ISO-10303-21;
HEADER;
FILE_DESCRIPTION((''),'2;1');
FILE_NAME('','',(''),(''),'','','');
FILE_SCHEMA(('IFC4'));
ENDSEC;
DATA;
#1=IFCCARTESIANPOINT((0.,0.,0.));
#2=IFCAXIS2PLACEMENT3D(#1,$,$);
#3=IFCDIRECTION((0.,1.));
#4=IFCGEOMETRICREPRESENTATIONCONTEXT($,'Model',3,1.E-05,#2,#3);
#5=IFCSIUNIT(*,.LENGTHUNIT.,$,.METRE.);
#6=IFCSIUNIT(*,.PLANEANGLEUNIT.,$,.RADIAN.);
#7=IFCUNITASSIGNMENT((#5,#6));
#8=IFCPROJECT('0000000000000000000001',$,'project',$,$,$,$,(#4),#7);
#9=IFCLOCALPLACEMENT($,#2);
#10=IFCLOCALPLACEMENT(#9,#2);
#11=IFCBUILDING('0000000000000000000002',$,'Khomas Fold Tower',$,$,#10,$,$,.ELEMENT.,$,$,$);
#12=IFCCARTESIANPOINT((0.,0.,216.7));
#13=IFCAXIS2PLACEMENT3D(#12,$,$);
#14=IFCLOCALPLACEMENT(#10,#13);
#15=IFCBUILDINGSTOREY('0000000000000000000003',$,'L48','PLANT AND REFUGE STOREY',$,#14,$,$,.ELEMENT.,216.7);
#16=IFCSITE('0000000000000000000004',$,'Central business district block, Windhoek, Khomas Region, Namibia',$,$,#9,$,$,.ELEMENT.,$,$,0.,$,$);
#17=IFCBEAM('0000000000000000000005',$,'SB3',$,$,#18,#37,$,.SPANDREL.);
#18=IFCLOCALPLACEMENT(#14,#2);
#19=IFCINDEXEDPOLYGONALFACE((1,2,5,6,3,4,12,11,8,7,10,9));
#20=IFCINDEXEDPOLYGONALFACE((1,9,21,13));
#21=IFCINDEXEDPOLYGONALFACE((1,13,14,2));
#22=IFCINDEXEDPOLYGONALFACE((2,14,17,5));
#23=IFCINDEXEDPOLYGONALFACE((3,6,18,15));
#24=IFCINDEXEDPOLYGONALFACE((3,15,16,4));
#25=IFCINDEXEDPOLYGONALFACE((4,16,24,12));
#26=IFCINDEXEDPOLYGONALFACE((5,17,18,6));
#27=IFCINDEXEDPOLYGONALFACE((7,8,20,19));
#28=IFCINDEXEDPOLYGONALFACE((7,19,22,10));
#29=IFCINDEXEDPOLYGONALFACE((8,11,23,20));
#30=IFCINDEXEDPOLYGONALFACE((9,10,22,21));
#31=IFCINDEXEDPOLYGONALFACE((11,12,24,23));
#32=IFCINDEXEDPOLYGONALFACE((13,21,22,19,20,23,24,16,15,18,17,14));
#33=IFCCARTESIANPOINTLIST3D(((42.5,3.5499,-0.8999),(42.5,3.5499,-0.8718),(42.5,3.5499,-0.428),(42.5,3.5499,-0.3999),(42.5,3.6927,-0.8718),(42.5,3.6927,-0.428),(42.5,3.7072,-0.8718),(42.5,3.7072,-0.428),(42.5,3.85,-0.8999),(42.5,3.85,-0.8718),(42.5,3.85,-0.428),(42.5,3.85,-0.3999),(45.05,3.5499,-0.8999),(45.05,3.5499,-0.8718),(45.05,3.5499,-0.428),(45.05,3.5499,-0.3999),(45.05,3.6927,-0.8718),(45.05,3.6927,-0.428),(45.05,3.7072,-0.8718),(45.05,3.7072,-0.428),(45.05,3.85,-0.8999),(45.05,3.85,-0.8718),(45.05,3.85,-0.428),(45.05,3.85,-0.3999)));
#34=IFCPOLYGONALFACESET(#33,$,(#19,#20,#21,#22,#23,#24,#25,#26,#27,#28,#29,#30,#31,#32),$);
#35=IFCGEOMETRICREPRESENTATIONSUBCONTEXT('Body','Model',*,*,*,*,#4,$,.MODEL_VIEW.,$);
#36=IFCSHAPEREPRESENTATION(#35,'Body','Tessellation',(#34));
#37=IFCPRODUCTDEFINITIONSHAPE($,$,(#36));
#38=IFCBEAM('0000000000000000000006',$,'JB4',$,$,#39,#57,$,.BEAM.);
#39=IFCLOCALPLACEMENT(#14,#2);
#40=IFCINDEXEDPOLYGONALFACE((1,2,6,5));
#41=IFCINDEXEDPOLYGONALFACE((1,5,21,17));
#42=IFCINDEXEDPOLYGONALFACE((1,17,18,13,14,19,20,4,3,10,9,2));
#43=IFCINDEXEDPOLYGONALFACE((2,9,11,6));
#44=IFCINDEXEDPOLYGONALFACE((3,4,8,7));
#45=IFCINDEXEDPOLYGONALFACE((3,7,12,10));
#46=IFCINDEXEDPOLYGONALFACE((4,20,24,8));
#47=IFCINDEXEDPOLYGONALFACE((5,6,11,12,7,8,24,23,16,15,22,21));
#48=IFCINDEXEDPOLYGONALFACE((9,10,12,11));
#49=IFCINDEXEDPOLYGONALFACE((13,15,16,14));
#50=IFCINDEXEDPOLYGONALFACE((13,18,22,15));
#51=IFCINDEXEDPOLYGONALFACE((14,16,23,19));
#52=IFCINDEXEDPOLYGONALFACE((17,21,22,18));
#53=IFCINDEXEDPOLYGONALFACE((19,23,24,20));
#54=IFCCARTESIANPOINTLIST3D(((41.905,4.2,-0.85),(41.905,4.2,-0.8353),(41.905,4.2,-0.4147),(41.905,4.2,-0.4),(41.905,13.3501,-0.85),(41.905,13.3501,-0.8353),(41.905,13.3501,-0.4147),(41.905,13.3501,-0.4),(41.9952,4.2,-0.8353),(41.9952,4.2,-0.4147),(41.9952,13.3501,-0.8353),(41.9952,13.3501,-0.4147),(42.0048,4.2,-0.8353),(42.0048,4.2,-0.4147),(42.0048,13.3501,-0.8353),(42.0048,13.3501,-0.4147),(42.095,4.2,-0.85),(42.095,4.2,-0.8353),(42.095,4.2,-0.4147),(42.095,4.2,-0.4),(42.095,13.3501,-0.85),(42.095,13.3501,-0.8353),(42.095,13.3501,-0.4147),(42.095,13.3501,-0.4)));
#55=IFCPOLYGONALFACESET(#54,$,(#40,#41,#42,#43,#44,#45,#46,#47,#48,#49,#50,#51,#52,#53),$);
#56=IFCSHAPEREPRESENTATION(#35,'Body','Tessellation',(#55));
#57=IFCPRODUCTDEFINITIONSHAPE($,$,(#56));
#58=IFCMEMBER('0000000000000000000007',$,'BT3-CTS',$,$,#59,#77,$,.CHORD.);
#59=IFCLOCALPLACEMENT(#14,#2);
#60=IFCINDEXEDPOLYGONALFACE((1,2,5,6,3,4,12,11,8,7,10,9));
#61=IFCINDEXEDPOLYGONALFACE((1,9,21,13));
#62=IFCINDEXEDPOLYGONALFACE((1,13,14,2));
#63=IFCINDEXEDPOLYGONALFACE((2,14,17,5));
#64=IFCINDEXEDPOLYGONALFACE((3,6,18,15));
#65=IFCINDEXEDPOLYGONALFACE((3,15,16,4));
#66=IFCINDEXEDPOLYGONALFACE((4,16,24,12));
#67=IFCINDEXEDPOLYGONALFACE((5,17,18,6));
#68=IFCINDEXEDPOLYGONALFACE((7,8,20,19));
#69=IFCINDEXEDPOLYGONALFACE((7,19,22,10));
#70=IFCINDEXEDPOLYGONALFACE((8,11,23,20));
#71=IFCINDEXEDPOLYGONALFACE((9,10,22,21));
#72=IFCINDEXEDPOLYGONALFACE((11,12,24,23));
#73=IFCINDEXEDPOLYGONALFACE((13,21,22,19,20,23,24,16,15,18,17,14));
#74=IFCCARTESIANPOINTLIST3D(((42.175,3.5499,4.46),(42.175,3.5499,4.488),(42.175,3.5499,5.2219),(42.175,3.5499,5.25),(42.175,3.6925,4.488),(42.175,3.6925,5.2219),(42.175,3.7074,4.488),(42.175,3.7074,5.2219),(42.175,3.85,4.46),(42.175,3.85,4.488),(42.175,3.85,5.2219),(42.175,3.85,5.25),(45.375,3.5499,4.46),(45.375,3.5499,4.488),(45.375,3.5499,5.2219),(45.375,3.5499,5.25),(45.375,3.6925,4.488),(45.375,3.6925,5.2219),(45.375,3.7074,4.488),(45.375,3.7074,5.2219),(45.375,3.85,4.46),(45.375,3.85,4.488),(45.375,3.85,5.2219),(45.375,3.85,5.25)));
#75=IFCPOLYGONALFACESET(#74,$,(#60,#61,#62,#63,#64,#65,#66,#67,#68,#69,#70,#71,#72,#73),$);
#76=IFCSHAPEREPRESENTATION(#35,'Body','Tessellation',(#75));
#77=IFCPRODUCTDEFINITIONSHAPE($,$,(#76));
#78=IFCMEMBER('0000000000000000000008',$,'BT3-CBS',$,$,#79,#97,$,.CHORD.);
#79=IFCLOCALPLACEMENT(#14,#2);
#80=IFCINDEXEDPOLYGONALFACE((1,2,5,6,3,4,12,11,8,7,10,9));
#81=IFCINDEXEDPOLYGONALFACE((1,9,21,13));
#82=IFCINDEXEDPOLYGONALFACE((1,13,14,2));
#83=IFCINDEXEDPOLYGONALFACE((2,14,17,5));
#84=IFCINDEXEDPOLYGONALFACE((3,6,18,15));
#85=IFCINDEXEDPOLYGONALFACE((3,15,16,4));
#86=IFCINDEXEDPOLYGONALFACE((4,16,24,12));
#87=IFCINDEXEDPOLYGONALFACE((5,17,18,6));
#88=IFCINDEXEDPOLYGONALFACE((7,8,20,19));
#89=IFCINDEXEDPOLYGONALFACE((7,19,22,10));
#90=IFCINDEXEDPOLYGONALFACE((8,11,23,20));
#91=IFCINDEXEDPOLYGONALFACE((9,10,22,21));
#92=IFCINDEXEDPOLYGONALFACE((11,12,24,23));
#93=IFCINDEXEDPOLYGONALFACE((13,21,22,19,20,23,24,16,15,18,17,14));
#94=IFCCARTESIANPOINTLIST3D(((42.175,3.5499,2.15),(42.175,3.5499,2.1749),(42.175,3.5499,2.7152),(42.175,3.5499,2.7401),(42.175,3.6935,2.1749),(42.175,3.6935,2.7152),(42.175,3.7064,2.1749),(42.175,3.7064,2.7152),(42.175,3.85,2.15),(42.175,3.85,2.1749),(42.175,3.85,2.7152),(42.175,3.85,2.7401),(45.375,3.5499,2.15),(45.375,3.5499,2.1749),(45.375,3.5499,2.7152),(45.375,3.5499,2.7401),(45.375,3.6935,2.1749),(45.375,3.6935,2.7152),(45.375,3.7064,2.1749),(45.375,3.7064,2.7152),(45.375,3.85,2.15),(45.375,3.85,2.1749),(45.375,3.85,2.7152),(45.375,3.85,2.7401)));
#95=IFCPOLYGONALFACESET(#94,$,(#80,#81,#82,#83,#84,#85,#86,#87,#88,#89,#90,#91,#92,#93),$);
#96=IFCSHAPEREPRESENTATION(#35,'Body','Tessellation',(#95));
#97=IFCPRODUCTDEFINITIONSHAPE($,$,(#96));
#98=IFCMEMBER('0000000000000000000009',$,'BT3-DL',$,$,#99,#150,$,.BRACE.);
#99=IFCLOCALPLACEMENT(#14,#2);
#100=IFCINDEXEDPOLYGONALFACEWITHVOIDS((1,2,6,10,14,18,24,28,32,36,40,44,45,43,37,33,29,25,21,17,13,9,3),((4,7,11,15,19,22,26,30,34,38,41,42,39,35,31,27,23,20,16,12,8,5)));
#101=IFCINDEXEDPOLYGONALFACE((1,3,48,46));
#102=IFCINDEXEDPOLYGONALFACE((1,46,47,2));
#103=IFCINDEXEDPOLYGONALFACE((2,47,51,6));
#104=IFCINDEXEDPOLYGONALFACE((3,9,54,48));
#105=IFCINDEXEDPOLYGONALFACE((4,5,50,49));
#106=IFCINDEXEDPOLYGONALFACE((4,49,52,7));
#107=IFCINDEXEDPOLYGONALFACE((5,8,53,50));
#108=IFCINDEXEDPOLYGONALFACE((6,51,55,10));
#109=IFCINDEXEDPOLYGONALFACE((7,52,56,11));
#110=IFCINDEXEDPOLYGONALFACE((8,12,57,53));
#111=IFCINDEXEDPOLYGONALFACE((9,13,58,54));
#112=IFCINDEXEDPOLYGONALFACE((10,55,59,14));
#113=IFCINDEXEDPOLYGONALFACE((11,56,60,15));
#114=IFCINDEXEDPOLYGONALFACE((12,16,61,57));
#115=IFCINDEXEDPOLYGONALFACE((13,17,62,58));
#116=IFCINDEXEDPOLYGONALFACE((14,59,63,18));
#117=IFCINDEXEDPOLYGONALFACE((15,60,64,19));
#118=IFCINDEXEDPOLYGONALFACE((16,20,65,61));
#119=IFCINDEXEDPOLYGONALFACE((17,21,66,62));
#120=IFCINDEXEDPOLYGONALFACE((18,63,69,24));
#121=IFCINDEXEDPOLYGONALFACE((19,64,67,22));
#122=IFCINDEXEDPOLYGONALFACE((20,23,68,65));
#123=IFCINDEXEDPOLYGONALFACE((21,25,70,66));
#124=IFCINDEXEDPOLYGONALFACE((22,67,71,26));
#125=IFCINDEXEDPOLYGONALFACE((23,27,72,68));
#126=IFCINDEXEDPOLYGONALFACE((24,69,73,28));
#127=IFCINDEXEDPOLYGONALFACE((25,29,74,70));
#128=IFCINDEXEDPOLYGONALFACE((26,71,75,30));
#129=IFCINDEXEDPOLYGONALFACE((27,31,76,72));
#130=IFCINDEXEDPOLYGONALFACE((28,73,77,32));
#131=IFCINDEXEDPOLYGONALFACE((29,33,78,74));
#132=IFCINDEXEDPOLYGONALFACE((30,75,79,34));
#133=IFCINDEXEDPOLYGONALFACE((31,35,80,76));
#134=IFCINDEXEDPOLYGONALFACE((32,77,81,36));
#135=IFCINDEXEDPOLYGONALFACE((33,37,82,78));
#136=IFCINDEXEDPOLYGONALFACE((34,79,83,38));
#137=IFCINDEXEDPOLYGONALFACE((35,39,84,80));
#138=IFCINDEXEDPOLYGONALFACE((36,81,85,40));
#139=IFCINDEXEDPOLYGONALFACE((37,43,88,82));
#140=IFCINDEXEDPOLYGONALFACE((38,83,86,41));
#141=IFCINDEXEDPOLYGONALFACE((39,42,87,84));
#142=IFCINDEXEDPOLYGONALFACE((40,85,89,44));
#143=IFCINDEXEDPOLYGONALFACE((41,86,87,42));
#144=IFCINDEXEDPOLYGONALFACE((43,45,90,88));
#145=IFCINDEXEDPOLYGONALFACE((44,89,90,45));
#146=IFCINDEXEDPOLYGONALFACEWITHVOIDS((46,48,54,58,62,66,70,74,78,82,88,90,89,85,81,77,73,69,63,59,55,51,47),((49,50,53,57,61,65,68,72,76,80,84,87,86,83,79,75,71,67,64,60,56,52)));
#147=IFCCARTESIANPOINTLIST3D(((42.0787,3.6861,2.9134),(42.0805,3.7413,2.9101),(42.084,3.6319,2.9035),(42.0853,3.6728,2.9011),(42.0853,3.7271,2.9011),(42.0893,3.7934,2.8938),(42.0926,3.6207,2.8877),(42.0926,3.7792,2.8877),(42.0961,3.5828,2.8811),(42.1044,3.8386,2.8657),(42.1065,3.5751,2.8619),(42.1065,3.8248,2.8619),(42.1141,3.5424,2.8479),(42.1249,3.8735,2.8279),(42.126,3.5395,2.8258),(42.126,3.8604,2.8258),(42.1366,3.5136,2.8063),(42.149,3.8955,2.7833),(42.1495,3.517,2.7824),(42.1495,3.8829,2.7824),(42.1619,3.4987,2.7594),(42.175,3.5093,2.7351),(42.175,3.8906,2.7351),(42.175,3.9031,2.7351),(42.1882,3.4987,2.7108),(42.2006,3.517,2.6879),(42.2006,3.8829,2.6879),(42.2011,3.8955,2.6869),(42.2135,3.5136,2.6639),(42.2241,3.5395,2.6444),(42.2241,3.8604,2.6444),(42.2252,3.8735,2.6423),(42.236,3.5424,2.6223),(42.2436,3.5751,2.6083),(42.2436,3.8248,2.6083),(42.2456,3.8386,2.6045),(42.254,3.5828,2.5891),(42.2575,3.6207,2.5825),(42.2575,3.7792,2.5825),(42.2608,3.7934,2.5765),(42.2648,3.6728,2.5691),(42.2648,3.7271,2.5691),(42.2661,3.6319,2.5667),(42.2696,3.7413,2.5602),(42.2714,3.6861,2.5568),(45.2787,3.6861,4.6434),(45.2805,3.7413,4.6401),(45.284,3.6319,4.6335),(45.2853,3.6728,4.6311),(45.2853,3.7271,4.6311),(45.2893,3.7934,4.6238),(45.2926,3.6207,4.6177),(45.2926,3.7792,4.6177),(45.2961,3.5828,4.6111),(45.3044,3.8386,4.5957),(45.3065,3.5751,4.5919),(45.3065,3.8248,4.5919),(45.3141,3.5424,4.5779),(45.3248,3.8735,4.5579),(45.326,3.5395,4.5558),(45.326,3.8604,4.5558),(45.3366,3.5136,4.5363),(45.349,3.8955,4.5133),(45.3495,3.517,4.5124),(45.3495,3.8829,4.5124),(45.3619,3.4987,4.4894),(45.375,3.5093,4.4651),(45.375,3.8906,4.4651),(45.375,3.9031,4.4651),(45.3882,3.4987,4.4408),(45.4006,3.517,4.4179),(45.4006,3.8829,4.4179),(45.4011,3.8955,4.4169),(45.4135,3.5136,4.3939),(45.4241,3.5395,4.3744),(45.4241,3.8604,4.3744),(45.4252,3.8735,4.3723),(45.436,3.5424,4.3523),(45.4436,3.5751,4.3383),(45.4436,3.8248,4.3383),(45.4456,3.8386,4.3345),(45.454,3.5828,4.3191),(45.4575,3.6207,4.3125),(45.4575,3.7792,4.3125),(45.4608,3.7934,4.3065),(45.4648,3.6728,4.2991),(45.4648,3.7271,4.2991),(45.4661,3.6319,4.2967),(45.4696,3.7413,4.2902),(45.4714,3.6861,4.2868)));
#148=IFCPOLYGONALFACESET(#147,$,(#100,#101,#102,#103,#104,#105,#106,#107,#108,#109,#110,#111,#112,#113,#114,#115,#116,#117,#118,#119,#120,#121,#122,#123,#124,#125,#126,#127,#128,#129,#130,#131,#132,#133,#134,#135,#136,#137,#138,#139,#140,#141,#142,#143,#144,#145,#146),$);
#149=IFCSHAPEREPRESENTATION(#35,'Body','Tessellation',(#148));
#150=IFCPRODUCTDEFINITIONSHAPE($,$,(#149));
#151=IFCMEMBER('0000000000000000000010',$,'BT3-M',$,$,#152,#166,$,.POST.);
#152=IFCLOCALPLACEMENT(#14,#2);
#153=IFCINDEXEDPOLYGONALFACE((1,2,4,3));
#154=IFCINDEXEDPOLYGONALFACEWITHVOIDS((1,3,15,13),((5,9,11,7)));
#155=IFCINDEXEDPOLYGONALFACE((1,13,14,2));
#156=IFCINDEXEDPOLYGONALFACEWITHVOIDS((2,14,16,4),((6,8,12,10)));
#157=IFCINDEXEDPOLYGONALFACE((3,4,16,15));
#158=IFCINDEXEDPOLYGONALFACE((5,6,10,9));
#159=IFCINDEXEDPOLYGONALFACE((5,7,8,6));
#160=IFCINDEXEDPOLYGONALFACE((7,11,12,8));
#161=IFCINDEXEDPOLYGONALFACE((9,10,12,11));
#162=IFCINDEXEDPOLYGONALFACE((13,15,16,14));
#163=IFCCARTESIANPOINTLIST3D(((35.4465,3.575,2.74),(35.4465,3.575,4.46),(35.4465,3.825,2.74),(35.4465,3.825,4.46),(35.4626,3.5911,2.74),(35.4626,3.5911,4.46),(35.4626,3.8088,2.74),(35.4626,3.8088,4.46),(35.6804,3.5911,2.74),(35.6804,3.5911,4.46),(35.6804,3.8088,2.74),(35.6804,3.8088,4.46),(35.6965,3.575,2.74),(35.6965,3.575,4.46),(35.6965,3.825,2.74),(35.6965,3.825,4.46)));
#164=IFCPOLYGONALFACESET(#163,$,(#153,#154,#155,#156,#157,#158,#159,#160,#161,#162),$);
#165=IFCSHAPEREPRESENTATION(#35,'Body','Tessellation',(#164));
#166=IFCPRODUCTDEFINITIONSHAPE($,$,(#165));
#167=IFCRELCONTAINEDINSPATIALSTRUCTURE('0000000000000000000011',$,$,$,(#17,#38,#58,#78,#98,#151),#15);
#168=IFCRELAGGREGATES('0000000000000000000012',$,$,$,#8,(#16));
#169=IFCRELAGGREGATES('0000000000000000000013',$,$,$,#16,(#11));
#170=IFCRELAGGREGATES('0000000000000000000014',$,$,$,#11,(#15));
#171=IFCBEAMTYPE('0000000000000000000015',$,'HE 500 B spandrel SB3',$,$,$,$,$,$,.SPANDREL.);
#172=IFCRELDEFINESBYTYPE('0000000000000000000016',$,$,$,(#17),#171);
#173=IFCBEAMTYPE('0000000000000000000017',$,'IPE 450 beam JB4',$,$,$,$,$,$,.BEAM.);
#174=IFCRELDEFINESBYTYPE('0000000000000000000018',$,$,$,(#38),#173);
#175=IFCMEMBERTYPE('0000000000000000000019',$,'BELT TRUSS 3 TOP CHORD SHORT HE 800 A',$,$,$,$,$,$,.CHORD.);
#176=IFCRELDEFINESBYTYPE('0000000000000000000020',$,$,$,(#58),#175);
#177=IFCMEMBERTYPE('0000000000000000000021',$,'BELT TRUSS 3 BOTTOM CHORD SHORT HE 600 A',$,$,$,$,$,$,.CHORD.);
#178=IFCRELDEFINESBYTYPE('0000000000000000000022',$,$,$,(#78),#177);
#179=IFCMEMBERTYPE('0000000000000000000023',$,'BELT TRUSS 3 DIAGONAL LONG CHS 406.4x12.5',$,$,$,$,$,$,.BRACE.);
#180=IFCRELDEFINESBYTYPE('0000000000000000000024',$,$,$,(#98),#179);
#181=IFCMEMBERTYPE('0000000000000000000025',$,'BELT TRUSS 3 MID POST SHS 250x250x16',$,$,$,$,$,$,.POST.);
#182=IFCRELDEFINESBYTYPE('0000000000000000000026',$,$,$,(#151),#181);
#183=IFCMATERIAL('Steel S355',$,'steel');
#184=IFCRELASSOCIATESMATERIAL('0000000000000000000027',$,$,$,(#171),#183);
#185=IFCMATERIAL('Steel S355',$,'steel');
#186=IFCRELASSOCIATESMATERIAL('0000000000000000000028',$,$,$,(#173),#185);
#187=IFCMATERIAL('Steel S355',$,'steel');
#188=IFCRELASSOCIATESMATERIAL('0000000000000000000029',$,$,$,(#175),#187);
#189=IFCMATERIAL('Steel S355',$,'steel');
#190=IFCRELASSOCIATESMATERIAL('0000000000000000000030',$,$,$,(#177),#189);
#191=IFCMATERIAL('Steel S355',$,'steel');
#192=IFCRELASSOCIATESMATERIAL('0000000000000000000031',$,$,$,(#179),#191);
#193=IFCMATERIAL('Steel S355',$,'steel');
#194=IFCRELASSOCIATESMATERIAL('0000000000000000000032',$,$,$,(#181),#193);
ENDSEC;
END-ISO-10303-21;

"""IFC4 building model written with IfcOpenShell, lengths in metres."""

from ifc_helpers import new_model, si_unit, direction, frame, origin, origin_2d, place, context, subcontext, project, spatial, hollow_rectangle, hollow_circle, i_section, extrude, source, transform, mapped, material, material_profile, profile_set, type_object, element, save


model = new_model("IFC4")

# Units and contexts
model_context = context("Model", 3, precision=1e-05, world=origin(), true_north=direction((0.0, 1.0)))
body_context = subcontext(model_context, "Body", "Model", "MODEL_VIEW")
ifc_project = project(units=[si_unit("LENGTHUNIT", "METRE"), si_unit("PLANEANGLEUNIT", "RADIAN")], contexts=[model_context])

# Site, building, storey
site_placement = place(None, origin())
site = spatial("IfcSite", under=ifc_project, at=site_placement, Name="Central business district block, Windhoek, Khomas Region, Namibia", CompositionType="ELEMENT", RefElevation=0.0)
building_placement = place(site_placement, origin())
building = spatial("IfcBuilding", under=site, at=building_placement, Name="Khomas Fold Tower", CompositionType="ELEMENT")
storey_placement = place(building_placement, frame((0.0, 0.0, 216.7)))
storey = spatial("IfcBuildingStorey", under=building, at=storey_placement, Name="L48", Description="PLANT AND REFUGE STOREY", CompositionType="ELEMENT", Elevation=216.7)

# Beams
ifc_material_1 = material(Name="Steel S355", Category="steel")
ifc_material_profile_1 = material_profile(ifc_material_1, i_section(OverallWidth=0.3, OverallDepth=0.5, WebThickness=0.0144, FlangeThickness=0.0281, at=origin_2d()), Name="HE 500 B")
ifc_profile_set_1 = profile_set([ifc_material_profile_1], Name="Steel S355")
beam_type_1 = type_object("IfcBeamType", Name="HE 500 B spandrel SB3", PredefinedType="SPANDREL", material=ifc_profile_set_1)
shared_shape_1 = source(origin(), body_context, "Body", "SweptSolid", [
    extrude(i_section(OverallWidth=0.3, OverallDepth=0.5, WebThickness=0.0144, FlangeThickness=0.0281, at=origin_2d()), origin(), (0.0, 0.0, 1.0), 2.55),
])
beam_1_placement = place(storey_placement, frame((42.5, 3.7, -0.6499), z_axis=(1.0, 0.0, 0.0), x_axis=(0.0, 1.0, 0.0)))
element("IfcBeam", 1, at=beam_1_placement, inside=storey, type_object=beam_type_1, Name="SB3", PredefinedType="SPANDREL", context=body_context, shape_type="MappedRepresentation", body=[
    mapped(shared_shape_1, transform((0.0, 0.0, 0.0))),
])
ifc_material_2 = material(Name="Steel S355", Category="steel")
ifc_material_profile_2 = material_profile(ifc_material_2, i_section(OverallWidth=0.1899, OverallDepth=0.45, WebThickness=0.0095, FlangeThickness=0.0146, at=origin_2d()), Name="IPE 450")
ifc_profile_set_2 = profile_set([ifc_material_profile_2], Name="Steel S355")
beam_type_2 = type_object("IfcBeamType", Name="IPE 450 beam JB4", PredefinedType="BEAM", material=ifc_profile_set_2)
shared_shape_2 = source(origin(), body_context, "Body", "SweptSolid", [
    extrude(i_section(OverallWidth=0.1899, OverallDepth=0.45, WebThickness=0.0095, FlangeThickness=0.0146, at=origin_2d()), origin(), (0.0, 0.0, 1.0), 9.1501),
])
beam_2_placement = place(storey_placement, frame((42.0, 4.2, -0.625), z_axis=(0.0, 1.0, 0.0), x_axis=(-1.0, 0.0, 0.0)))
element("IfcBeam", 2, at=beam_2_placement, inside=storey, type_object=beam_type_2, Name="JB4", PredefinedType="BEAM", context=body_context, shape_type="MappedRepresentation", body=[
    mapped(shared_shape_2, transform((0.0, 0.0, 0.0))),
])

# Members
ifc_material_3 = material(Name="Steel S355", Category="steel")
ifc_material_profile_3 = material_profile(ifc_material_3, i_section(OverallWidth=0.3, OverallDepth=0.79, WebThickness=0.0149, FlangeThickness=0.0281, at=origin_2d()), Name="HE 800 A")
ifc_profile_set_3 = profile_set([ifc_material_profile_3], Name="Steel S355")
member_type_1 = type_object("IfcMemberType", Name="BELT TRUSS 3 TOP CHORD SHORT HE 800 A", PredefinedType="CHORD", material=ifc_profile_set_3)
shared_shape_3 = source(origin(), body_context, "Body", "SweptSolid", [
    extrude(i_section(OverallWidth=0.3, OverallDepth=0.79, WebThickness=0.0149, FlangeThickness=0.0281, at=origin_2d()), origin(), (0.0, 0.0, 1.0), 3.2),
])
member_1_placement = place(storey_placement, frame((42.175, 3.7, 4.855), z_axis=(1.0, 0.0, 0.0), x_axis=(0.0, 1.0, 0.0)))
element("IfcMember", 3, at=member_1_placement, inside=storey, type_object=member_type_1, Name="BT3-CTS", PredefinedType="CHORD", context=body_context, shape_type="MappedRepresentation", body=[
    mapped(shared_shape_3, transform((0.0, 0.0, 0.0))),
])
ifc_material_4 = material(Name="Steel S355", Category="steel")
ifc_material_profile_4 = material_profile(ifc_material_4, i_section(OverallWidth=0.3, OverallDepth=0.5901, WebThickness=0.0129, FlangeThickness=0.0249, at=origin_2d()), Name="HE 600 A")
ifc_profile_set_4 = profile_set([ifc_material_profile_4], Name="Steel S355")
member_type_2 = type_object("IfcMemberType", Name="BELT TRUSS 3 BOTTOM CHORD SHORT HE 600 A", PredefinedType="CHORD", material=ifc_profile_set_4)
shared_shape_4 = source(origin(), body_context, "Body", "SweptSolid", [
    extrude(i_section(OverallWidth=0.3, OverallDepth=0.5901, WebThickness=0.0129, FlangeThickness=0.0249, at=origin_2d()), origin(), (0.0, 0.0, 1.0), 3.2),
])
member_2_placement = place(storey_placement, frame((42.175, 3.7, 2.4451), z_axis=(1.0, 0.0, 0.0), x_axis=(0.0, 1.0, 0.0)))
element("IfcMember", 4, at=member_2_placement, inside=storey, type_object=member_type_2, Name="BT3-CBS", PredefinedType="CHORD", context=body_context, shape_type="MappedRepresentation", body=[
    mapped(shared_shape_4, transform((0.0, 0.0, 0.0))),
])
ifc_material_5 = material(Name="Steel S355", Category="steel")
ifc_material_profile_5 = material_profile(ifc_material_5, hollow_circle(Radius=0.2031, WallThickness=0.0125, at=origin_2d()), Name="CHS 406.4x12.5")
ifc_profile_set_5 = profile_set([ifc_material_profile_5], Name="Steel S355")
member_type_3 = type_object("IfcMemberType", Name="BELT TRUSS 3 DIAGONAL LONG CHS 406.4x12.5", PredefinedType="BRACE", material=ifc_profile_set_5)
shared_shape_5 = source(origin(), body_context, "Body", "SweptSolid", [
    extrude(hollow_circle(Radius=0.2031, WallThickness=0.0125, at=origin_2d()), origin(), (0.0, 0.0, 1.0), 3.6377),
])
member_3_placement = place(storey_placement, frame((42.175, 3.7, 2.7351), z_axis=(0.879675, 0.0, 0.475576), x_axis=(0.0, 1.0, 0.0)))
element("IfcMember", 5, at=member_3_placement, inside=storey, type_object=member_type_3, Name="BT3-DL", PredefinedType="BRACE", context=body_context, shape_type="MappedRepresentation", body=[
    mapped(shared_shape_5, transform((0.0, 0.0, 0.0))),
])
ifc_material_6 = material(Name="Steel S355", Category="steel")
ifc_material_profile_6 = material_profile(ifc_material_6, hollow_rectangle(XDim=0.25, YDim=0.25, WallThickness=0.0161, at=origin_2d()), Name="SHS 250x250x16")
ifc_profile_set_6 = profile_set([ifc_material_profile_6], Name="Steel S355")
member_type_4 = type_object("IfcMemberType", Name="BELT TRUSS 3 MID POST SHS 250x250x16", PredefinedType="POST", material=ifc_profile_set_6)
shared_shape_6 = source(origin(), body_context, "Body", "SweptSolid", [
    extrude(hollow_rectangle(XDim=0.25, YDim=0.25, WallThickness=0.0161, at=origin_2d()), origin(), (0.0, 0.0, 1.0), 1.72),
])
for number, where, z_axis, x_axis, name in (
    (6, (35.5715, 3.7, 2.74), (0.0, 0.0, 1.0), (1.0, 0.0, 0.0), "BT3-M"),
):
    element("IfcMember", number, at=place(storey_placement, frame(where, z_axis=z_axis, x_axis=x_axis)), inside=storey, type_object=member_type_4, Name=name, PredefinedType="POST", context=body_context, shape_type="MappedRepresentation", body=[
        mapped(shared_shape_6, transform((0.0, 0.0, 0.0))),
    ])

save(model, "model.ifc")
